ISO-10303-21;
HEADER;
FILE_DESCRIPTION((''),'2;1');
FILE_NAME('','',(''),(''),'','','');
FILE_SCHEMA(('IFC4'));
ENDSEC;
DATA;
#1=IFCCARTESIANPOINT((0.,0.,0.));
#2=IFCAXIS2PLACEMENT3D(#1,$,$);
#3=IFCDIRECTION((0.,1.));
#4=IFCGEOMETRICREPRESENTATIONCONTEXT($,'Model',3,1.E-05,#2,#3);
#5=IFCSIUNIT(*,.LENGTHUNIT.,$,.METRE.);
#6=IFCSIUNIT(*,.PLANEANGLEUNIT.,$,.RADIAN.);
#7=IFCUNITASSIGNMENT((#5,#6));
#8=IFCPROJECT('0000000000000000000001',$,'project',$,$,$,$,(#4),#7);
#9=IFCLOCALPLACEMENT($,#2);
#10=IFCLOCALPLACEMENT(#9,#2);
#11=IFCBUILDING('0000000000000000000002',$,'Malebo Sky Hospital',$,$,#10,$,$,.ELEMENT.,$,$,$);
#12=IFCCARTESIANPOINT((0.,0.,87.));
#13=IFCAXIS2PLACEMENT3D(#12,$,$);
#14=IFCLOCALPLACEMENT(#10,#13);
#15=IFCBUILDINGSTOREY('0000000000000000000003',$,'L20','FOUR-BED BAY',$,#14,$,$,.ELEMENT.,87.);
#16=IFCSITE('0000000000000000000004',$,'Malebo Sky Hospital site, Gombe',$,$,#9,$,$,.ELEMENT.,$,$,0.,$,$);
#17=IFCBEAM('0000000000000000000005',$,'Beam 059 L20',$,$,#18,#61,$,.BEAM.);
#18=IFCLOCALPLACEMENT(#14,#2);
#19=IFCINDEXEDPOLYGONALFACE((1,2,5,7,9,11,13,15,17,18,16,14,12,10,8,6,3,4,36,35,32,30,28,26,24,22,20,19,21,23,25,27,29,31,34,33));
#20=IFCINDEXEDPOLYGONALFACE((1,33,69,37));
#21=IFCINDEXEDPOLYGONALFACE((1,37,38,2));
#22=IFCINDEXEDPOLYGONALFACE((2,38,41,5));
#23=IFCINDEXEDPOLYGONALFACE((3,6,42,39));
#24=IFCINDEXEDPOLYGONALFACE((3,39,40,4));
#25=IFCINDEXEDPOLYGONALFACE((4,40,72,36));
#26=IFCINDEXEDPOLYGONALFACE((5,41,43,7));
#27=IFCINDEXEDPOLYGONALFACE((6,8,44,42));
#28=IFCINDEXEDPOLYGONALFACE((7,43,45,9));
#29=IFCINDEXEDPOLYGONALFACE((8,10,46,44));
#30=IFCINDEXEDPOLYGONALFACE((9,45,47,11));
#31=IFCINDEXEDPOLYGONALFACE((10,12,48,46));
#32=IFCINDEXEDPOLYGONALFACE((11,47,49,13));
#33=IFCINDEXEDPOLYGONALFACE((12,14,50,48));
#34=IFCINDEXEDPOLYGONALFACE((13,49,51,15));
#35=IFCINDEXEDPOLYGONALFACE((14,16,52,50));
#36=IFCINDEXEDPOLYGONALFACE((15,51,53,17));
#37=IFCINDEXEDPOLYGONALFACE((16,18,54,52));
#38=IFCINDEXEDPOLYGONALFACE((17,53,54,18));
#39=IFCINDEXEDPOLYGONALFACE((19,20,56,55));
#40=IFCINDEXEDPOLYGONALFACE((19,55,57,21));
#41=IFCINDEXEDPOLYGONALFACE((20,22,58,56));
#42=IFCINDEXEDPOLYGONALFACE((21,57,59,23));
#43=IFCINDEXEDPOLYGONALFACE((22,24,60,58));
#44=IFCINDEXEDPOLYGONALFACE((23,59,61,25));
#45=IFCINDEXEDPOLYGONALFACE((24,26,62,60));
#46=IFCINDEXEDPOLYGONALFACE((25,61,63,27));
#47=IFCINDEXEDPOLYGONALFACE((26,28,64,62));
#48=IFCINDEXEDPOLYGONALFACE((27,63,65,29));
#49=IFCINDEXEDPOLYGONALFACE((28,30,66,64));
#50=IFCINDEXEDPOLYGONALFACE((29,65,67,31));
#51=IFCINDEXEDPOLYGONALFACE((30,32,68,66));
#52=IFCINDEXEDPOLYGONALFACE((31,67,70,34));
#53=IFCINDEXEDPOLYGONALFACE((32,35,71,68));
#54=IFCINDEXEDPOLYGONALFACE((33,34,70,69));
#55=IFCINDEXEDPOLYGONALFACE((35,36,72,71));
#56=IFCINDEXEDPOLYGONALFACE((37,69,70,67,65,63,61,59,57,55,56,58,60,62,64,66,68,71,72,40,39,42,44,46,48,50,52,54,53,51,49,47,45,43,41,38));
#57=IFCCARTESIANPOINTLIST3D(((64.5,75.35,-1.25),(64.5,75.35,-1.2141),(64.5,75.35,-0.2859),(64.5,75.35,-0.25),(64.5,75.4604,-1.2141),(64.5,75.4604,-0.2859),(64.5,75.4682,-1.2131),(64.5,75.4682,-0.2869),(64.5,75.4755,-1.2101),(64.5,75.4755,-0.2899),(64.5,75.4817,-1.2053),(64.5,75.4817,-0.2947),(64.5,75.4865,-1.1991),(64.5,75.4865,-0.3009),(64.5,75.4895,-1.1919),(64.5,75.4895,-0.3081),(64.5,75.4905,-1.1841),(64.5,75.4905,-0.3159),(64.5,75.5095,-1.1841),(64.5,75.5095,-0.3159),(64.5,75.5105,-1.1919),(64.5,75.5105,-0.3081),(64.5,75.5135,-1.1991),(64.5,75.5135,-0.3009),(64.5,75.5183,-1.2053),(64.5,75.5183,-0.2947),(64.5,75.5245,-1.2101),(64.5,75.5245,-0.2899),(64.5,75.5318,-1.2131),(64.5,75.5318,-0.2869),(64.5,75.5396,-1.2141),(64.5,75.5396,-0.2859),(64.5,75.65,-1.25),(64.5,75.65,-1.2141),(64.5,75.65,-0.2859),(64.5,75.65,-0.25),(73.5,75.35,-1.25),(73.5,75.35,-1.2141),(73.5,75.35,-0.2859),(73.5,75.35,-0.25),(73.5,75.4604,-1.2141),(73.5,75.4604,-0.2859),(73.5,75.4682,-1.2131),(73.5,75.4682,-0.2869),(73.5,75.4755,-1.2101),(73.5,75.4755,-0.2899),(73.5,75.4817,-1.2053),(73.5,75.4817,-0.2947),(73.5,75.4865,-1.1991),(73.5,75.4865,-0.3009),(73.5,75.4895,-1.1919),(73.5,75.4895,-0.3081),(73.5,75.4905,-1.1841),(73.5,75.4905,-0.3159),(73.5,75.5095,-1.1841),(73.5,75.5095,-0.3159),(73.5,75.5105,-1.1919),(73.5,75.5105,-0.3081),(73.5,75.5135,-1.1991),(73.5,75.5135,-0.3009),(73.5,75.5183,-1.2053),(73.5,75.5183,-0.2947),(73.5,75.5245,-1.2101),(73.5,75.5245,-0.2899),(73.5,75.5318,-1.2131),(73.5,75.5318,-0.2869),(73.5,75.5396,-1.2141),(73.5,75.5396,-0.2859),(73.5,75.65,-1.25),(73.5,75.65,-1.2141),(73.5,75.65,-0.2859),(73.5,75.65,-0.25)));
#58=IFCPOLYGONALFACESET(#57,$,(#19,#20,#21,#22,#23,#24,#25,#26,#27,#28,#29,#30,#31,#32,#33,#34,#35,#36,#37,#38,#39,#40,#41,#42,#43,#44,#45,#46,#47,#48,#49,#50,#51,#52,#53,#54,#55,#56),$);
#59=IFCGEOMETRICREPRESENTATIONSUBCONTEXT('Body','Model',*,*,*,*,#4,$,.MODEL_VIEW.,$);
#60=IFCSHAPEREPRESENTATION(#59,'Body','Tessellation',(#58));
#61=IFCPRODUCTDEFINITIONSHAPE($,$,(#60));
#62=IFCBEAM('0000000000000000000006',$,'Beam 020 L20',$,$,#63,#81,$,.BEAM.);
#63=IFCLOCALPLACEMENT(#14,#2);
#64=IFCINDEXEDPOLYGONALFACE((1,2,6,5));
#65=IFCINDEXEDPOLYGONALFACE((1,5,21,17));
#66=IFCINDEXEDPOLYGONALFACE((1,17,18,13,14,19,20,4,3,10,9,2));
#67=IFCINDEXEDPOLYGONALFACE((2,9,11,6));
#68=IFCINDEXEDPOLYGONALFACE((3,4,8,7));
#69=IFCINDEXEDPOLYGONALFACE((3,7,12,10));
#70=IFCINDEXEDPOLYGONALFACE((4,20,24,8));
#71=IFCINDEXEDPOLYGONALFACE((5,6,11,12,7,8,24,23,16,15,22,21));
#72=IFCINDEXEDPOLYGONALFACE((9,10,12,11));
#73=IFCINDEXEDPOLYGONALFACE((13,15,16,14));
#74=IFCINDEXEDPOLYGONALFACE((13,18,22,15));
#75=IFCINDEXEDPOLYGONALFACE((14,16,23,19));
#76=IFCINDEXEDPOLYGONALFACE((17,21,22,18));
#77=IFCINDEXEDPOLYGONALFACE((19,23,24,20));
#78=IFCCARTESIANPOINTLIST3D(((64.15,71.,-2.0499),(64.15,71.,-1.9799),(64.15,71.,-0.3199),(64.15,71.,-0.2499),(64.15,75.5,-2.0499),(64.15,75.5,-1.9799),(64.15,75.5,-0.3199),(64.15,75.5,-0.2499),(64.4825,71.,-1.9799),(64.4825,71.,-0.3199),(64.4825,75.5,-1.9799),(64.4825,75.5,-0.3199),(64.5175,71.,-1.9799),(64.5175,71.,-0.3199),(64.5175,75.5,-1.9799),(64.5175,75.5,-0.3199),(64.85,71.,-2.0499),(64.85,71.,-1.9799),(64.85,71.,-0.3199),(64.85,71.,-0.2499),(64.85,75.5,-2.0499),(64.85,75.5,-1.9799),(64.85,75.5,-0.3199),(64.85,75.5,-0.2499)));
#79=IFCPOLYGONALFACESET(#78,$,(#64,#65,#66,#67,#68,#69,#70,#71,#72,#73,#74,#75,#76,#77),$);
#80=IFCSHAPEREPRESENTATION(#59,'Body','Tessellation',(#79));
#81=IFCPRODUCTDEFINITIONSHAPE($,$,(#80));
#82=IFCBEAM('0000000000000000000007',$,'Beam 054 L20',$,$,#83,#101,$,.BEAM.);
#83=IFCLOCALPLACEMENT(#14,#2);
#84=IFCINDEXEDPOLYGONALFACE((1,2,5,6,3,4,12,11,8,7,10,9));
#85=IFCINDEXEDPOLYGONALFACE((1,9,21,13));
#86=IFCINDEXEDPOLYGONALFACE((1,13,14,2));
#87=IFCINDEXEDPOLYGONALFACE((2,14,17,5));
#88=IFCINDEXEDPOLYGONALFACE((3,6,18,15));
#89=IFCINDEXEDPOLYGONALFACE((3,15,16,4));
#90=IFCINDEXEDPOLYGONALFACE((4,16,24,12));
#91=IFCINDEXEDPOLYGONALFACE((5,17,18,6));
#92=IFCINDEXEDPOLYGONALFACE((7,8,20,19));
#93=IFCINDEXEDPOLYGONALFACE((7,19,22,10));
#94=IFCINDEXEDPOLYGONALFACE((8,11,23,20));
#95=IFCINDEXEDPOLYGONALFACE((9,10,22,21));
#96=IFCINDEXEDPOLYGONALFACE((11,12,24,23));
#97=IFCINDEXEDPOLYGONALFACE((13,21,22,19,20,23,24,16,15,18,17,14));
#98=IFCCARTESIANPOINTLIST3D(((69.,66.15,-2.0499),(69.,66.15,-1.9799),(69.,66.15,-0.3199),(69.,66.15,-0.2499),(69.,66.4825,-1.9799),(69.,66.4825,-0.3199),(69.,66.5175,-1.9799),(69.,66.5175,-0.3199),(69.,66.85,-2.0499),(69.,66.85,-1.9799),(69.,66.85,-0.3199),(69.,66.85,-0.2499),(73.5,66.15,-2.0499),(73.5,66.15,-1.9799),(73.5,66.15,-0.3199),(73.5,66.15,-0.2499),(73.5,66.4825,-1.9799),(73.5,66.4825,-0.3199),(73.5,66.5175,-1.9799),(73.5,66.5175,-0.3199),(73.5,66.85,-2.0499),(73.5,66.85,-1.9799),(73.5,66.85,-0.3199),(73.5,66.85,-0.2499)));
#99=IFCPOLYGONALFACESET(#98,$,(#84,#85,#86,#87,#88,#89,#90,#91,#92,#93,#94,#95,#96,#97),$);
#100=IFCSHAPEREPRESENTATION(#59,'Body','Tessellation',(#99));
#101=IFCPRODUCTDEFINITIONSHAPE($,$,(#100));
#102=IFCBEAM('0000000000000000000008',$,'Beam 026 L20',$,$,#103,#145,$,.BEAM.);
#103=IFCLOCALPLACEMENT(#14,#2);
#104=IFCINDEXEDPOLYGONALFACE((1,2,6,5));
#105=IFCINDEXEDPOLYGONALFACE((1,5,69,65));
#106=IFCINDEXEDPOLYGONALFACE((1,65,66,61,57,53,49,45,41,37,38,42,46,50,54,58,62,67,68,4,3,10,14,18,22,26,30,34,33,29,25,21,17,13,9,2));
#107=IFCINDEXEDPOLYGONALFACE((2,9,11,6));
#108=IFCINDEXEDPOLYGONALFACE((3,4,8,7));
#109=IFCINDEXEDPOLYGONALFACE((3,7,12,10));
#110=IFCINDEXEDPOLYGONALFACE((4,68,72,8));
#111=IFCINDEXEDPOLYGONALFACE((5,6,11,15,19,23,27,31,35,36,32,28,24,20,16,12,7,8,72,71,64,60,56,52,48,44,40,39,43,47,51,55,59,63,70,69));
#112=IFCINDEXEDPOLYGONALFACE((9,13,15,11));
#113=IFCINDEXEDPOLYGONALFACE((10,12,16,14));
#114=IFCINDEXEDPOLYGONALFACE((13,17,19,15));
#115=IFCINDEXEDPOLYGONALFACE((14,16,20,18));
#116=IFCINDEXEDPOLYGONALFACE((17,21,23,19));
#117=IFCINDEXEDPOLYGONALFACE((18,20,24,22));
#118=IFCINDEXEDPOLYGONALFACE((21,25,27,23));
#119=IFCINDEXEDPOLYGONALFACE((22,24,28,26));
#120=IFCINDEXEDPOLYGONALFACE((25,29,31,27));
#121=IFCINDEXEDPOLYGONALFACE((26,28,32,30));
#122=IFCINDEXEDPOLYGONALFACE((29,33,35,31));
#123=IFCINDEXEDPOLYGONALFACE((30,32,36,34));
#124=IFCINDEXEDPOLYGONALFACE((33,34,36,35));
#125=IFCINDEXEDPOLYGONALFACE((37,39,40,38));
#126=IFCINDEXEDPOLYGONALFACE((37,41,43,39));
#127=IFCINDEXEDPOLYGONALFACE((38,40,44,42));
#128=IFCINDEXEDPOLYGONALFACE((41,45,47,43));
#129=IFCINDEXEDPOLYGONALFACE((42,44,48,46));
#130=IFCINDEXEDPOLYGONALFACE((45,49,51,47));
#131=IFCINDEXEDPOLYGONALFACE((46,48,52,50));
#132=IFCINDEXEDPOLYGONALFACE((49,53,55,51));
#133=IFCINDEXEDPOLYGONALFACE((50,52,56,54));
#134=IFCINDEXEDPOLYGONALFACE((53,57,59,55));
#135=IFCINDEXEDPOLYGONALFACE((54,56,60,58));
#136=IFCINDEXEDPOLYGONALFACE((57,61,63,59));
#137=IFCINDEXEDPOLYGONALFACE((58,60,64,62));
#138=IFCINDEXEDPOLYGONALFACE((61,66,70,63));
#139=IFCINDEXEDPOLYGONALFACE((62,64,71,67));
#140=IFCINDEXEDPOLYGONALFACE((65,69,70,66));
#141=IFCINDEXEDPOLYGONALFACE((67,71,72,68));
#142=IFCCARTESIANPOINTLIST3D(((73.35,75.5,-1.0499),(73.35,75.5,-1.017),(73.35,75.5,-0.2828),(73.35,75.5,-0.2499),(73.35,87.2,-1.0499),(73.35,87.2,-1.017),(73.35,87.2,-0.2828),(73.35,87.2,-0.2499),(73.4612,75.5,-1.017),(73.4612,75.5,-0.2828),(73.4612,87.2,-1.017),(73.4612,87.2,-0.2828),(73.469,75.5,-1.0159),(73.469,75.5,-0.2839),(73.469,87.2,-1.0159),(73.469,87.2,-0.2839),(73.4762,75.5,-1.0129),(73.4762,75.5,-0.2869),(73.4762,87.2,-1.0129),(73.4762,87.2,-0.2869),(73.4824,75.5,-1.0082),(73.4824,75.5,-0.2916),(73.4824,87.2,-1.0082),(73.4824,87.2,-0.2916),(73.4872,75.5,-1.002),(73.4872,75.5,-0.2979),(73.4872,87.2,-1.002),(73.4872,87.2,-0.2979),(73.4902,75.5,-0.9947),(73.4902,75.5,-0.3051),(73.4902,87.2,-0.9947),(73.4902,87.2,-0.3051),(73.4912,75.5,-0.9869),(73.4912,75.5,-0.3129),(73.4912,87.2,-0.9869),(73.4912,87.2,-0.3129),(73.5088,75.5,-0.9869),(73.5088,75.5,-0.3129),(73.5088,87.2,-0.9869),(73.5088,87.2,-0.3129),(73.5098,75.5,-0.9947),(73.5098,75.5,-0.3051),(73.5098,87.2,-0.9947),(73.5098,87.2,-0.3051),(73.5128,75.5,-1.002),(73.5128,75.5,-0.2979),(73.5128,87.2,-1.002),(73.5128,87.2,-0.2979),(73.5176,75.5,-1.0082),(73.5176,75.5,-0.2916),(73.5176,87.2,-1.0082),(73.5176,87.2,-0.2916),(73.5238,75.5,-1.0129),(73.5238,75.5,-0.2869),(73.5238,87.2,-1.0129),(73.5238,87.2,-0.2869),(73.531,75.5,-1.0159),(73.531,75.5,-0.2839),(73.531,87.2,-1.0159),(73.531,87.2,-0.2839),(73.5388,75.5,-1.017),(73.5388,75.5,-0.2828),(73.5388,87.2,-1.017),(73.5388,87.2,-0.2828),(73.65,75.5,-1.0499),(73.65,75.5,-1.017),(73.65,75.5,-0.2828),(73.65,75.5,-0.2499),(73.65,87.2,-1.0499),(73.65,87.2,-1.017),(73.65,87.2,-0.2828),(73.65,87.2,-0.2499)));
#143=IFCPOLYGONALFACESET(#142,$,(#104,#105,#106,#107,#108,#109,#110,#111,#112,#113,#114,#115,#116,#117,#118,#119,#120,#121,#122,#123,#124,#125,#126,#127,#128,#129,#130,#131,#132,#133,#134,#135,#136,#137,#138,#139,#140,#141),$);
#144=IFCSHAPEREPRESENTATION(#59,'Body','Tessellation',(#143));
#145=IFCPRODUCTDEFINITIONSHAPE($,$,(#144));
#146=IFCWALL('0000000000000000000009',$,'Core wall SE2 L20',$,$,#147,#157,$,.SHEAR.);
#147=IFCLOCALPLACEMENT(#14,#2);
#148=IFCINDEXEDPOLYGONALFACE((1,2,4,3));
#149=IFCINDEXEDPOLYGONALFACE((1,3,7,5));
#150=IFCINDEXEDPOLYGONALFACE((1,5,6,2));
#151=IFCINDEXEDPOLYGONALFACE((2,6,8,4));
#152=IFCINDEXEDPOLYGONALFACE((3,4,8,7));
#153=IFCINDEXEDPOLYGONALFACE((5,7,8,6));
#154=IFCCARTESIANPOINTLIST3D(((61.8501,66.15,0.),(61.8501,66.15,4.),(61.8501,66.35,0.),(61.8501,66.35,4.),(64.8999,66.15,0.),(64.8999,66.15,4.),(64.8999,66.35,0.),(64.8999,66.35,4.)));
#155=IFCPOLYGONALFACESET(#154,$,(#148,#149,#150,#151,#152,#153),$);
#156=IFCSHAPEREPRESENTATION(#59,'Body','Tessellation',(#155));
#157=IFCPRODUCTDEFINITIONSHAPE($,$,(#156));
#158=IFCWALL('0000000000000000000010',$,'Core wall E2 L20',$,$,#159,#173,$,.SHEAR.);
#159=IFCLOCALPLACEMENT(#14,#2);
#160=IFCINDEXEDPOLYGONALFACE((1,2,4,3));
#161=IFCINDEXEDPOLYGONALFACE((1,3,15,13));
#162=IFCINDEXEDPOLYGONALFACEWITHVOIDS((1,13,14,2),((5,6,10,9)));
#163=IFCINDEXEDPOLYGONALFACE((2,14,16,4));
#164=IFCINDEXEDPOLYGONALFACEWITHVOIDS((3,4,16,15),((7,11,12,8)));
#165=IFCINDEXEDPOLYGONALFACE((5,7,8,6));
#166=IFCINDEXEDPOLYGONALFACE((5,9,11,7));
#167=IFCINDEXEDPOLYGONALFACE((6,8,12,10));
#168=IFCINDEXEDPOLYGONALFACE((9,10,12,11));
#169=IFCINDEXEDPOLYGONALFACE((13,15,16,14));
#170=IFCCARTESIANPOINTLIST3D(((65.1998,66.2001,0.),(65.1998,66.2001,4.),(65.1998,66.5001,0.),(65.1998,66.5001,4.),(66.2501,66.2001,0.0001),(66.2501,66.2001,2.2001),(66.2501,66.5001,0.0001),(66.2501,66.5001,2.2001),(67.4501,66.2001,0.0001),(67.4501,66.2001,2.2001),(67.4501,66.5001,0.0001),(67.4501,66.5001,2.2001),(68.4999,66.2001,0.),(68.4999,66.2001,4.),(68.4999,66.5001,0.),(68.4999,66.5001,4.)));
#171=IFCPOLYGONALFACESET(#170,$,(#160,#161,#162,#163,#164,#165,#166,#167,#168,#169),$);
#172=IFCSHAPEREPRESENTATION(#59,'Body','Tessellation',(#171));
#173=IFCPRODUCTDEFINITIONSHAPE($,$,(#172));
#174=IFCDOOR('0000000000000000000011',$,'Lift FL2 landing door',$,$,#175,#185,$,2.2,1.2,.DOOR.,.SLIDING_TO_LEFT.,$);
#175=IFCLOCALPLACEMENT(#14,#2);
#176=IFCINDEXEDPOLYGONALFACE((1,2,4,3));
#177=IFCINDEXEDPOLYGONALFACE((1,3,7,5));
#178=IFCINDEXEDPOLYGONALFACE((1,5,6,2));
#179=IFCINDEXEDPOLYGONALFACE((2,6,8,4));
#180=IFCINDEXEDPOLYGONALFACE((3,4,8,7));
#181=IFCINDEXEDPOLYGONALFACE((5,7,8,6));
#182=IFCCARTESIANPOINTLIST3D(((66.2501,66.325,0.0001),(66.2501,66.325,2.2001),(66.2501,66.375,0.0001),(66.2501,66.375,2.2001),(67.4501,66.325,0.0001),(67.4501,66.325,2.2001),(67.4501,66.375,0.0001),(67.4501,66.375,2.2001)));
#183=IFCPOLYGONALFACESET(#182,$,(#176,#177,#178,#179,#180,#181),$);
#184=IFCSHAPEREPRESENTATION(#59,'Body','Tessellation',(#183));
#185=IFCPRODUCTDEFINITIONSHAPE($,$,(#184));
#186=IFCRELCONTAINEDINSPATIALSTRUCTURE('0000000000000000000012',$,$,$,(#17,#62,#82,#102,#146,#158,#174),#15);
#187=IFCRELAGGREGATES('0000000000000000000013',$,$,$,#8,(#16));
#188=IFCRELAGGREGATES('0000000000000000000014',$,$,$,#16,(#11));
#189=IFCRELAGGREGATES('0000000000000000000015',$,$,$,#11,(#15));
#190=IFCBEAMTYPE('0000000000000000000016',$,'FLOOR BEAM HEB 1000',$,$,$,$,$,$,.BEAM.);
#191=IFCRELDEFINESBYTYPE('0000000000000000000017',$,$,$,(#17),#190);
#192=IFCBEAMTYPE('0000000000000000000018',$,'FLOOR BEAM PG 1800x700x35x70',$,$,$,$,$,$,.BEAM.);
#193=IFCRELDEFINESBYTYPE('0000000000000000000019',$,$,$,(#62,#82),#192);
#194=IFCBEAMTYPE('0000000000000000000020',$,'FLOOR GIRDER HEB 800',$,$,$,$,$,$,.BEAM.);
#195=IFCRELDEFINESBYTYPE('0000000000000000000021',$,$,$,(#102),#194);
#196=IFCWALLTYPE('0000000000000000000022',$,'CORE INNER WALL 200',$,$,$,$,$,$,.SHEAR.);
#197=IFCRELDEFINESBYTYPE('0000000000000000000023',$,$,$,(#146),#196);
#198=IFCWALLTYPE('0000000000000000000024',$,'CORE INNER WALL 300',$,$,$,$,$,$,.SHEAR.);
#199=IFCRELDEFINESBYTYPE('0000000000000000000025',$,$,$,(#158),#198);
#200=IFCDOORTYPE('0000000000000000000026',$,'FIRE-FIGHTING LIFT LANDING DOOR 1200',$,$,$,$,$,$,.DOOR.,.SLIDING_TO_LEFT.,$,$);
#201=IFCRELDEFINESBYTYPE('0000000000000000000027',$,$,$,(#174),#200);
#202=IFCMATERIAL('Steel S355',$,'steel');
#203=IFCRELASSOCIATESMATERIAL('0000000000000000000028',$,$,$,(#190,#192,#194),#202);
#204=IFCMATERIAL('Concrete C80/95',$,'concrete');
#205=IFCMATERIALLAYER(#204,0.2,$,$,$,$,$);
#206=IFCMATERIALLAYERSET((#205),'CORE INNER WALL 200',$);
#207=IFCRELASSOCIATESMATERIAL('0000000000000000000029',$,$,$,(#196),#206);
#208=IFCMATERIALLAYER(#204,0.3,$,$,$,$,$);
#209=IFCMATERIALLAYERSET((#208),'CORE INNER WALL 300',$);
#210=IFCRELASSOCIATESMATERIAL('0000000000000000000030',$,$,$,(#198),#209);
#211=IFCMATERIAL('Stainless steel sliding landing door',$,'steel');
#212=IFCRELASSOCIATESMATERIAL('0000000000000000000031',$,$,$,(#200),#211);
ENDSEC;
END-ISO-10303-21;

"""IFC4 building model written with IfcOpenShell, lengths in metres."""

from ifc_helpers import new_model, si_unit, direction, frame, frame_2d, origin, origin_2d, place, context, subcontext, project, spatial, rectangle, i_section, extrude, material, layer, layer_set, material_profile, profile_set, type_object, element, fill, save


model = new_model("IFC4")

# Units and contexts
model_context = context("Model", 3, precision=1e-05, world=origin(), true_north=direction((0.0, 1.0)))
body_context = subcontext(model_context, "Body", "Model", "MODEL_VIEW")
ifc_project = project(units=[si_unit("LENGTHUNIT", "METRE"), si_unit("PLANEANGLEUNIT", "RADIAN")], contexts=[model_context])

# Site, building, storey
site_placement = place(None, origin())
site = spatial("IfcSite", under=ifc_project, at=site_placement, Name="Malebo Sky Hospital site, Gombe", CompositionType="ELEMENT", RefElevation=0.0)
building_placement = place(site_placement, origin())
building = spatial("IfcBuilding", under=site, at=building_placement, Name="Malebo Sky Hospital", CompositionType="ELEMENT")
storey_placement = place(building_placement, frame((0.0, 0.0, 87.0)))
storey = spatial("IfcBuildingStorey", under=building, at=storey_placement, Name="L20", Description="FOUR-BED BAY", CompositionType="ELEMENT", Elevation=87.0)

# Beams
ifc_material_1 = material(Name="Steel S355", Category="steel")
ifc_material_profile_1 = material_profile(ifc_material_1, i_section(OverallWidth=0.3, OverallDepth=1.0, WebThickness=0.019, FlangeThickness=0.0359, FilletRadius=0.03, at=origin_2d()), Name="HEB 1000")
ifc_profile_set_1 = profile_set([ifc_material_profile_1], Name="Steel S355")
beam_type_1 = type_object("IfcBeamType", Name="FLOOR BEAM HEB 1000", PredefinedType="BEAM", material=ifc_profile_set_1)
beam_1_placement = place(storey_placement, frame((64.5, 75.5, -0.75), z_axis=(1.0, 0.0, 0.0), x_axis=(0.0, 1.0, 0.0)))
element("IfcBeam", 1, at=beam_1_placement, inside=storey, type_object=beam_type_1, Name="Beam 059 L20", PredefinedType="BEAM", context=body_context, shape_type="SweptSolid", body=[
    extrude(i_section(OverallWidth=0.3, OverallDepth=1.0, WebThickness=0.019, FlangeThickness=0.0359, FilletRadius=0.03, at=origin_2d()), origin(), (0.0, 0.0, 1.0), 9.0),
])
ifc_material_profile_2 = material_profile(ifc_material_1, i_section(OverallWidth=0.7, OverallDepth=1.8, WebThickness=0.0349, FlangeThickness=0.0701, at=origin_2d()), Name="PG 1800x700x35x70")
ifc_profile_set_2 = profile_set([ifc_material_profile_2], Name="Steel S355")
beam_type_2 = type_object("IfcBeamType", Name="FLOOR BEAM PG 1800x700x35x70", PredefinedType="BEAM", material=ifc_profile_set_2)
for number, where, z_axis, x_axis, name in (
    (2, (64.5, 71.0, -1.1499), (0.0, 1.0, 0.0), (-1.0, 0.0, 0.0), "Beam 020 L20"),
    (3, (69.0, 66.5, -1.1499), (1.0, 0.0, 0.0), (0.0, 1.0, 0.0), "Beam 054 L20"),
):
    element("IfcBeam", number, at=place(storey_placement, frame(where, z_axis=z_axis, x_axis=x_axis)), inside=storey, type_object=beam_type_2, Name=name, PredefinedType="BEAM", context=body_context, shape_type="SweptSolid", body=[
        extrude(i_section(OverallWidth=0.7, OverallDepth=1.8, WebThickness=0.0349, FlangeThickness=0.0701, at=origin_2d()), origin(), (0.0, 0.0, 1.0), 4.5),
    ])
ifc_material_profile_3 = material_profile(ifc_material_1, i_section(OverallWidth=0.3, OverallDepth=0.8, WebThickness=0.0176, FlangeThickness=0.033, FilletRadius=0.03, at=origin_2d()), Name="HEB 800")
ifc_profile_set_3 = profile_set([ifc_material_profile_3], Name="Steel S355")
beam_type_3 = type_object("IfcBeamType", Name="FLOOR GIRDER HEB 800", PredefinedType="BEAM", material=ifc_profile_set_3)
beam_2_placement = place(storey_placement, frame((73.5, 75.5, -0.6499), z_axis=(0.0, 1.0, 0.0), x_axis=(-1.0, 0.0, 0.0)))
element("IfcBeam", 4, at=beam_2_placement, inside=storey, type_object=beam_type_3, Name="Beam 026 L20", PredefinedType="BEAM", context=body_context, shape_type="SweptSolid", body=[
    extrude(i_section(OverallWidth=0.3, OverallDepth=0.8, WebThickness=0.0176, FlangeThickness=0.033, FilletRadius=0.03, at=origin_2d()), origin(), (0.0, 0.0, 1.0), 11.7),
])

# Wall
ifc_material_2 = material(Name="Concrete C80/95", Category="concrete")
ifc_layer_1 = layer(ifc_material_2, 0.2)
ifc_layer_set_1 = layer_set([ifc_layer_1], Name="CORE INNER WALL 200")
wall_type_1 = type_object("IfcWallType", Name="CORE INNER WALL 200", PredefinedType="SHEAR", material=ifc_layer_set_1)
wall_1_placement = place(storey_placement, frame((61.8501, 66.25, 0.0), z_axis=(0.0, 0.0, 1.0), x_axis=(1.0, 0.0, 0.0)))
element("IfcWall", 5, at=wall_1_placement, inside=storey, type_object=wall_type_1, Name="Core wall SE2 L20", PredefinedType="SHEAR", context=body_context, shape_type="SweptSolid", body=[
    extrude(rectangle(XDim=3.0498, YDim=0.2, at=frame_2d((1.5249, 0.0))), origin(), (0.0, 0.0, 1.0), 4.0),
])

# Wall, opening, door
ifc_layer_2 = layer(ifc_material_2, 0.3)
ifc_layer_set_2 = layer_set([ifc_layer_2], Name="CORE INNER WALL 300")
wall_type_2 = type_object("IfcWallType", Name="CORE INNER WALL 300", PredefinedType="SHEAR", material=ifc_layer_set_2)
wall_2_placement = place(storey_placement, frame((65.2, 66.3501, 0.0), z_axis=(0.0, 0.0, 1.0), x_axis=(1.0, 0.0, 0.0)))
wall_2 = element("IfcWall", 6, at=wall_2_placement, inside=storey, type_object=wall_type_2, Name="Core wall E2 L20", PredefinedType="SHEAR", context=body_context, shape_type="SweptSolid", body=[
    extrude(rectangle(XDim=3.3, YDim=0.3, at=frame_2d((1.6499, 0.0))), origin(), (0.0, 0.0, 1.0), 4.0),
])
opening_1_placement = place(wall_2_placement, frame((1.05, 0.0, 0.0)))
opening_1 = element("IfcOpeningElement", 7, at=opening_1_placement, cuts=wall_2, PredefinedType="OPENING", context=body_context, shape_type="SweptSolid", body=[
    extrude(rectangle(XDim=1.2, YDim=2.2, at=frame_2d((0.6001, 1.1001))), frame((0.0, 0.1599, 0.0), z_axis=(0.0, -1.0, 0.0), x_axis=(1.0, 0.0, 0.0)), (0.0, 0.0, 1.0), 0.3201),
])
ifc_material_3 = material(Name="Stainless steel sliding landing door", Category="steel")
door_type_1 = type_object("IfcDoorType", Name="FIRE-FIGHTING LIFT LANDING DOOR 1200", OperationType="SLIDING_TO_LEFT", PredefinedType="DOOR", material=ifc_material_3)
door_1_placement = place(opening_1_placement, origin())
door_1 = element("IfcDoor", 8, at=door_1_placement, inside=storey, type_object=door_type_1, Name="Lift FL2 landing door", OperationType="SLIDING_TO_LEFT", OverallHeight=2.2, OverallWidth=1.2, PredefinedType="DOOR", context=body_context, shape_type="SweptSolid", body=[
    extrude(rectangle(XDim=1.2, YDim=2.2, at=frame_2d((0.6001, 1.1001))), frame((0.0, 0.0249, 0.0), z_axis=(0.0, -1.0, 0.0), x_axis=(1.0, 0.0, 0.0)), (0.0, 0.0, 1.0), 0.05),
])
fill(opening_1, door_1)

save(model, "model.ifc")
